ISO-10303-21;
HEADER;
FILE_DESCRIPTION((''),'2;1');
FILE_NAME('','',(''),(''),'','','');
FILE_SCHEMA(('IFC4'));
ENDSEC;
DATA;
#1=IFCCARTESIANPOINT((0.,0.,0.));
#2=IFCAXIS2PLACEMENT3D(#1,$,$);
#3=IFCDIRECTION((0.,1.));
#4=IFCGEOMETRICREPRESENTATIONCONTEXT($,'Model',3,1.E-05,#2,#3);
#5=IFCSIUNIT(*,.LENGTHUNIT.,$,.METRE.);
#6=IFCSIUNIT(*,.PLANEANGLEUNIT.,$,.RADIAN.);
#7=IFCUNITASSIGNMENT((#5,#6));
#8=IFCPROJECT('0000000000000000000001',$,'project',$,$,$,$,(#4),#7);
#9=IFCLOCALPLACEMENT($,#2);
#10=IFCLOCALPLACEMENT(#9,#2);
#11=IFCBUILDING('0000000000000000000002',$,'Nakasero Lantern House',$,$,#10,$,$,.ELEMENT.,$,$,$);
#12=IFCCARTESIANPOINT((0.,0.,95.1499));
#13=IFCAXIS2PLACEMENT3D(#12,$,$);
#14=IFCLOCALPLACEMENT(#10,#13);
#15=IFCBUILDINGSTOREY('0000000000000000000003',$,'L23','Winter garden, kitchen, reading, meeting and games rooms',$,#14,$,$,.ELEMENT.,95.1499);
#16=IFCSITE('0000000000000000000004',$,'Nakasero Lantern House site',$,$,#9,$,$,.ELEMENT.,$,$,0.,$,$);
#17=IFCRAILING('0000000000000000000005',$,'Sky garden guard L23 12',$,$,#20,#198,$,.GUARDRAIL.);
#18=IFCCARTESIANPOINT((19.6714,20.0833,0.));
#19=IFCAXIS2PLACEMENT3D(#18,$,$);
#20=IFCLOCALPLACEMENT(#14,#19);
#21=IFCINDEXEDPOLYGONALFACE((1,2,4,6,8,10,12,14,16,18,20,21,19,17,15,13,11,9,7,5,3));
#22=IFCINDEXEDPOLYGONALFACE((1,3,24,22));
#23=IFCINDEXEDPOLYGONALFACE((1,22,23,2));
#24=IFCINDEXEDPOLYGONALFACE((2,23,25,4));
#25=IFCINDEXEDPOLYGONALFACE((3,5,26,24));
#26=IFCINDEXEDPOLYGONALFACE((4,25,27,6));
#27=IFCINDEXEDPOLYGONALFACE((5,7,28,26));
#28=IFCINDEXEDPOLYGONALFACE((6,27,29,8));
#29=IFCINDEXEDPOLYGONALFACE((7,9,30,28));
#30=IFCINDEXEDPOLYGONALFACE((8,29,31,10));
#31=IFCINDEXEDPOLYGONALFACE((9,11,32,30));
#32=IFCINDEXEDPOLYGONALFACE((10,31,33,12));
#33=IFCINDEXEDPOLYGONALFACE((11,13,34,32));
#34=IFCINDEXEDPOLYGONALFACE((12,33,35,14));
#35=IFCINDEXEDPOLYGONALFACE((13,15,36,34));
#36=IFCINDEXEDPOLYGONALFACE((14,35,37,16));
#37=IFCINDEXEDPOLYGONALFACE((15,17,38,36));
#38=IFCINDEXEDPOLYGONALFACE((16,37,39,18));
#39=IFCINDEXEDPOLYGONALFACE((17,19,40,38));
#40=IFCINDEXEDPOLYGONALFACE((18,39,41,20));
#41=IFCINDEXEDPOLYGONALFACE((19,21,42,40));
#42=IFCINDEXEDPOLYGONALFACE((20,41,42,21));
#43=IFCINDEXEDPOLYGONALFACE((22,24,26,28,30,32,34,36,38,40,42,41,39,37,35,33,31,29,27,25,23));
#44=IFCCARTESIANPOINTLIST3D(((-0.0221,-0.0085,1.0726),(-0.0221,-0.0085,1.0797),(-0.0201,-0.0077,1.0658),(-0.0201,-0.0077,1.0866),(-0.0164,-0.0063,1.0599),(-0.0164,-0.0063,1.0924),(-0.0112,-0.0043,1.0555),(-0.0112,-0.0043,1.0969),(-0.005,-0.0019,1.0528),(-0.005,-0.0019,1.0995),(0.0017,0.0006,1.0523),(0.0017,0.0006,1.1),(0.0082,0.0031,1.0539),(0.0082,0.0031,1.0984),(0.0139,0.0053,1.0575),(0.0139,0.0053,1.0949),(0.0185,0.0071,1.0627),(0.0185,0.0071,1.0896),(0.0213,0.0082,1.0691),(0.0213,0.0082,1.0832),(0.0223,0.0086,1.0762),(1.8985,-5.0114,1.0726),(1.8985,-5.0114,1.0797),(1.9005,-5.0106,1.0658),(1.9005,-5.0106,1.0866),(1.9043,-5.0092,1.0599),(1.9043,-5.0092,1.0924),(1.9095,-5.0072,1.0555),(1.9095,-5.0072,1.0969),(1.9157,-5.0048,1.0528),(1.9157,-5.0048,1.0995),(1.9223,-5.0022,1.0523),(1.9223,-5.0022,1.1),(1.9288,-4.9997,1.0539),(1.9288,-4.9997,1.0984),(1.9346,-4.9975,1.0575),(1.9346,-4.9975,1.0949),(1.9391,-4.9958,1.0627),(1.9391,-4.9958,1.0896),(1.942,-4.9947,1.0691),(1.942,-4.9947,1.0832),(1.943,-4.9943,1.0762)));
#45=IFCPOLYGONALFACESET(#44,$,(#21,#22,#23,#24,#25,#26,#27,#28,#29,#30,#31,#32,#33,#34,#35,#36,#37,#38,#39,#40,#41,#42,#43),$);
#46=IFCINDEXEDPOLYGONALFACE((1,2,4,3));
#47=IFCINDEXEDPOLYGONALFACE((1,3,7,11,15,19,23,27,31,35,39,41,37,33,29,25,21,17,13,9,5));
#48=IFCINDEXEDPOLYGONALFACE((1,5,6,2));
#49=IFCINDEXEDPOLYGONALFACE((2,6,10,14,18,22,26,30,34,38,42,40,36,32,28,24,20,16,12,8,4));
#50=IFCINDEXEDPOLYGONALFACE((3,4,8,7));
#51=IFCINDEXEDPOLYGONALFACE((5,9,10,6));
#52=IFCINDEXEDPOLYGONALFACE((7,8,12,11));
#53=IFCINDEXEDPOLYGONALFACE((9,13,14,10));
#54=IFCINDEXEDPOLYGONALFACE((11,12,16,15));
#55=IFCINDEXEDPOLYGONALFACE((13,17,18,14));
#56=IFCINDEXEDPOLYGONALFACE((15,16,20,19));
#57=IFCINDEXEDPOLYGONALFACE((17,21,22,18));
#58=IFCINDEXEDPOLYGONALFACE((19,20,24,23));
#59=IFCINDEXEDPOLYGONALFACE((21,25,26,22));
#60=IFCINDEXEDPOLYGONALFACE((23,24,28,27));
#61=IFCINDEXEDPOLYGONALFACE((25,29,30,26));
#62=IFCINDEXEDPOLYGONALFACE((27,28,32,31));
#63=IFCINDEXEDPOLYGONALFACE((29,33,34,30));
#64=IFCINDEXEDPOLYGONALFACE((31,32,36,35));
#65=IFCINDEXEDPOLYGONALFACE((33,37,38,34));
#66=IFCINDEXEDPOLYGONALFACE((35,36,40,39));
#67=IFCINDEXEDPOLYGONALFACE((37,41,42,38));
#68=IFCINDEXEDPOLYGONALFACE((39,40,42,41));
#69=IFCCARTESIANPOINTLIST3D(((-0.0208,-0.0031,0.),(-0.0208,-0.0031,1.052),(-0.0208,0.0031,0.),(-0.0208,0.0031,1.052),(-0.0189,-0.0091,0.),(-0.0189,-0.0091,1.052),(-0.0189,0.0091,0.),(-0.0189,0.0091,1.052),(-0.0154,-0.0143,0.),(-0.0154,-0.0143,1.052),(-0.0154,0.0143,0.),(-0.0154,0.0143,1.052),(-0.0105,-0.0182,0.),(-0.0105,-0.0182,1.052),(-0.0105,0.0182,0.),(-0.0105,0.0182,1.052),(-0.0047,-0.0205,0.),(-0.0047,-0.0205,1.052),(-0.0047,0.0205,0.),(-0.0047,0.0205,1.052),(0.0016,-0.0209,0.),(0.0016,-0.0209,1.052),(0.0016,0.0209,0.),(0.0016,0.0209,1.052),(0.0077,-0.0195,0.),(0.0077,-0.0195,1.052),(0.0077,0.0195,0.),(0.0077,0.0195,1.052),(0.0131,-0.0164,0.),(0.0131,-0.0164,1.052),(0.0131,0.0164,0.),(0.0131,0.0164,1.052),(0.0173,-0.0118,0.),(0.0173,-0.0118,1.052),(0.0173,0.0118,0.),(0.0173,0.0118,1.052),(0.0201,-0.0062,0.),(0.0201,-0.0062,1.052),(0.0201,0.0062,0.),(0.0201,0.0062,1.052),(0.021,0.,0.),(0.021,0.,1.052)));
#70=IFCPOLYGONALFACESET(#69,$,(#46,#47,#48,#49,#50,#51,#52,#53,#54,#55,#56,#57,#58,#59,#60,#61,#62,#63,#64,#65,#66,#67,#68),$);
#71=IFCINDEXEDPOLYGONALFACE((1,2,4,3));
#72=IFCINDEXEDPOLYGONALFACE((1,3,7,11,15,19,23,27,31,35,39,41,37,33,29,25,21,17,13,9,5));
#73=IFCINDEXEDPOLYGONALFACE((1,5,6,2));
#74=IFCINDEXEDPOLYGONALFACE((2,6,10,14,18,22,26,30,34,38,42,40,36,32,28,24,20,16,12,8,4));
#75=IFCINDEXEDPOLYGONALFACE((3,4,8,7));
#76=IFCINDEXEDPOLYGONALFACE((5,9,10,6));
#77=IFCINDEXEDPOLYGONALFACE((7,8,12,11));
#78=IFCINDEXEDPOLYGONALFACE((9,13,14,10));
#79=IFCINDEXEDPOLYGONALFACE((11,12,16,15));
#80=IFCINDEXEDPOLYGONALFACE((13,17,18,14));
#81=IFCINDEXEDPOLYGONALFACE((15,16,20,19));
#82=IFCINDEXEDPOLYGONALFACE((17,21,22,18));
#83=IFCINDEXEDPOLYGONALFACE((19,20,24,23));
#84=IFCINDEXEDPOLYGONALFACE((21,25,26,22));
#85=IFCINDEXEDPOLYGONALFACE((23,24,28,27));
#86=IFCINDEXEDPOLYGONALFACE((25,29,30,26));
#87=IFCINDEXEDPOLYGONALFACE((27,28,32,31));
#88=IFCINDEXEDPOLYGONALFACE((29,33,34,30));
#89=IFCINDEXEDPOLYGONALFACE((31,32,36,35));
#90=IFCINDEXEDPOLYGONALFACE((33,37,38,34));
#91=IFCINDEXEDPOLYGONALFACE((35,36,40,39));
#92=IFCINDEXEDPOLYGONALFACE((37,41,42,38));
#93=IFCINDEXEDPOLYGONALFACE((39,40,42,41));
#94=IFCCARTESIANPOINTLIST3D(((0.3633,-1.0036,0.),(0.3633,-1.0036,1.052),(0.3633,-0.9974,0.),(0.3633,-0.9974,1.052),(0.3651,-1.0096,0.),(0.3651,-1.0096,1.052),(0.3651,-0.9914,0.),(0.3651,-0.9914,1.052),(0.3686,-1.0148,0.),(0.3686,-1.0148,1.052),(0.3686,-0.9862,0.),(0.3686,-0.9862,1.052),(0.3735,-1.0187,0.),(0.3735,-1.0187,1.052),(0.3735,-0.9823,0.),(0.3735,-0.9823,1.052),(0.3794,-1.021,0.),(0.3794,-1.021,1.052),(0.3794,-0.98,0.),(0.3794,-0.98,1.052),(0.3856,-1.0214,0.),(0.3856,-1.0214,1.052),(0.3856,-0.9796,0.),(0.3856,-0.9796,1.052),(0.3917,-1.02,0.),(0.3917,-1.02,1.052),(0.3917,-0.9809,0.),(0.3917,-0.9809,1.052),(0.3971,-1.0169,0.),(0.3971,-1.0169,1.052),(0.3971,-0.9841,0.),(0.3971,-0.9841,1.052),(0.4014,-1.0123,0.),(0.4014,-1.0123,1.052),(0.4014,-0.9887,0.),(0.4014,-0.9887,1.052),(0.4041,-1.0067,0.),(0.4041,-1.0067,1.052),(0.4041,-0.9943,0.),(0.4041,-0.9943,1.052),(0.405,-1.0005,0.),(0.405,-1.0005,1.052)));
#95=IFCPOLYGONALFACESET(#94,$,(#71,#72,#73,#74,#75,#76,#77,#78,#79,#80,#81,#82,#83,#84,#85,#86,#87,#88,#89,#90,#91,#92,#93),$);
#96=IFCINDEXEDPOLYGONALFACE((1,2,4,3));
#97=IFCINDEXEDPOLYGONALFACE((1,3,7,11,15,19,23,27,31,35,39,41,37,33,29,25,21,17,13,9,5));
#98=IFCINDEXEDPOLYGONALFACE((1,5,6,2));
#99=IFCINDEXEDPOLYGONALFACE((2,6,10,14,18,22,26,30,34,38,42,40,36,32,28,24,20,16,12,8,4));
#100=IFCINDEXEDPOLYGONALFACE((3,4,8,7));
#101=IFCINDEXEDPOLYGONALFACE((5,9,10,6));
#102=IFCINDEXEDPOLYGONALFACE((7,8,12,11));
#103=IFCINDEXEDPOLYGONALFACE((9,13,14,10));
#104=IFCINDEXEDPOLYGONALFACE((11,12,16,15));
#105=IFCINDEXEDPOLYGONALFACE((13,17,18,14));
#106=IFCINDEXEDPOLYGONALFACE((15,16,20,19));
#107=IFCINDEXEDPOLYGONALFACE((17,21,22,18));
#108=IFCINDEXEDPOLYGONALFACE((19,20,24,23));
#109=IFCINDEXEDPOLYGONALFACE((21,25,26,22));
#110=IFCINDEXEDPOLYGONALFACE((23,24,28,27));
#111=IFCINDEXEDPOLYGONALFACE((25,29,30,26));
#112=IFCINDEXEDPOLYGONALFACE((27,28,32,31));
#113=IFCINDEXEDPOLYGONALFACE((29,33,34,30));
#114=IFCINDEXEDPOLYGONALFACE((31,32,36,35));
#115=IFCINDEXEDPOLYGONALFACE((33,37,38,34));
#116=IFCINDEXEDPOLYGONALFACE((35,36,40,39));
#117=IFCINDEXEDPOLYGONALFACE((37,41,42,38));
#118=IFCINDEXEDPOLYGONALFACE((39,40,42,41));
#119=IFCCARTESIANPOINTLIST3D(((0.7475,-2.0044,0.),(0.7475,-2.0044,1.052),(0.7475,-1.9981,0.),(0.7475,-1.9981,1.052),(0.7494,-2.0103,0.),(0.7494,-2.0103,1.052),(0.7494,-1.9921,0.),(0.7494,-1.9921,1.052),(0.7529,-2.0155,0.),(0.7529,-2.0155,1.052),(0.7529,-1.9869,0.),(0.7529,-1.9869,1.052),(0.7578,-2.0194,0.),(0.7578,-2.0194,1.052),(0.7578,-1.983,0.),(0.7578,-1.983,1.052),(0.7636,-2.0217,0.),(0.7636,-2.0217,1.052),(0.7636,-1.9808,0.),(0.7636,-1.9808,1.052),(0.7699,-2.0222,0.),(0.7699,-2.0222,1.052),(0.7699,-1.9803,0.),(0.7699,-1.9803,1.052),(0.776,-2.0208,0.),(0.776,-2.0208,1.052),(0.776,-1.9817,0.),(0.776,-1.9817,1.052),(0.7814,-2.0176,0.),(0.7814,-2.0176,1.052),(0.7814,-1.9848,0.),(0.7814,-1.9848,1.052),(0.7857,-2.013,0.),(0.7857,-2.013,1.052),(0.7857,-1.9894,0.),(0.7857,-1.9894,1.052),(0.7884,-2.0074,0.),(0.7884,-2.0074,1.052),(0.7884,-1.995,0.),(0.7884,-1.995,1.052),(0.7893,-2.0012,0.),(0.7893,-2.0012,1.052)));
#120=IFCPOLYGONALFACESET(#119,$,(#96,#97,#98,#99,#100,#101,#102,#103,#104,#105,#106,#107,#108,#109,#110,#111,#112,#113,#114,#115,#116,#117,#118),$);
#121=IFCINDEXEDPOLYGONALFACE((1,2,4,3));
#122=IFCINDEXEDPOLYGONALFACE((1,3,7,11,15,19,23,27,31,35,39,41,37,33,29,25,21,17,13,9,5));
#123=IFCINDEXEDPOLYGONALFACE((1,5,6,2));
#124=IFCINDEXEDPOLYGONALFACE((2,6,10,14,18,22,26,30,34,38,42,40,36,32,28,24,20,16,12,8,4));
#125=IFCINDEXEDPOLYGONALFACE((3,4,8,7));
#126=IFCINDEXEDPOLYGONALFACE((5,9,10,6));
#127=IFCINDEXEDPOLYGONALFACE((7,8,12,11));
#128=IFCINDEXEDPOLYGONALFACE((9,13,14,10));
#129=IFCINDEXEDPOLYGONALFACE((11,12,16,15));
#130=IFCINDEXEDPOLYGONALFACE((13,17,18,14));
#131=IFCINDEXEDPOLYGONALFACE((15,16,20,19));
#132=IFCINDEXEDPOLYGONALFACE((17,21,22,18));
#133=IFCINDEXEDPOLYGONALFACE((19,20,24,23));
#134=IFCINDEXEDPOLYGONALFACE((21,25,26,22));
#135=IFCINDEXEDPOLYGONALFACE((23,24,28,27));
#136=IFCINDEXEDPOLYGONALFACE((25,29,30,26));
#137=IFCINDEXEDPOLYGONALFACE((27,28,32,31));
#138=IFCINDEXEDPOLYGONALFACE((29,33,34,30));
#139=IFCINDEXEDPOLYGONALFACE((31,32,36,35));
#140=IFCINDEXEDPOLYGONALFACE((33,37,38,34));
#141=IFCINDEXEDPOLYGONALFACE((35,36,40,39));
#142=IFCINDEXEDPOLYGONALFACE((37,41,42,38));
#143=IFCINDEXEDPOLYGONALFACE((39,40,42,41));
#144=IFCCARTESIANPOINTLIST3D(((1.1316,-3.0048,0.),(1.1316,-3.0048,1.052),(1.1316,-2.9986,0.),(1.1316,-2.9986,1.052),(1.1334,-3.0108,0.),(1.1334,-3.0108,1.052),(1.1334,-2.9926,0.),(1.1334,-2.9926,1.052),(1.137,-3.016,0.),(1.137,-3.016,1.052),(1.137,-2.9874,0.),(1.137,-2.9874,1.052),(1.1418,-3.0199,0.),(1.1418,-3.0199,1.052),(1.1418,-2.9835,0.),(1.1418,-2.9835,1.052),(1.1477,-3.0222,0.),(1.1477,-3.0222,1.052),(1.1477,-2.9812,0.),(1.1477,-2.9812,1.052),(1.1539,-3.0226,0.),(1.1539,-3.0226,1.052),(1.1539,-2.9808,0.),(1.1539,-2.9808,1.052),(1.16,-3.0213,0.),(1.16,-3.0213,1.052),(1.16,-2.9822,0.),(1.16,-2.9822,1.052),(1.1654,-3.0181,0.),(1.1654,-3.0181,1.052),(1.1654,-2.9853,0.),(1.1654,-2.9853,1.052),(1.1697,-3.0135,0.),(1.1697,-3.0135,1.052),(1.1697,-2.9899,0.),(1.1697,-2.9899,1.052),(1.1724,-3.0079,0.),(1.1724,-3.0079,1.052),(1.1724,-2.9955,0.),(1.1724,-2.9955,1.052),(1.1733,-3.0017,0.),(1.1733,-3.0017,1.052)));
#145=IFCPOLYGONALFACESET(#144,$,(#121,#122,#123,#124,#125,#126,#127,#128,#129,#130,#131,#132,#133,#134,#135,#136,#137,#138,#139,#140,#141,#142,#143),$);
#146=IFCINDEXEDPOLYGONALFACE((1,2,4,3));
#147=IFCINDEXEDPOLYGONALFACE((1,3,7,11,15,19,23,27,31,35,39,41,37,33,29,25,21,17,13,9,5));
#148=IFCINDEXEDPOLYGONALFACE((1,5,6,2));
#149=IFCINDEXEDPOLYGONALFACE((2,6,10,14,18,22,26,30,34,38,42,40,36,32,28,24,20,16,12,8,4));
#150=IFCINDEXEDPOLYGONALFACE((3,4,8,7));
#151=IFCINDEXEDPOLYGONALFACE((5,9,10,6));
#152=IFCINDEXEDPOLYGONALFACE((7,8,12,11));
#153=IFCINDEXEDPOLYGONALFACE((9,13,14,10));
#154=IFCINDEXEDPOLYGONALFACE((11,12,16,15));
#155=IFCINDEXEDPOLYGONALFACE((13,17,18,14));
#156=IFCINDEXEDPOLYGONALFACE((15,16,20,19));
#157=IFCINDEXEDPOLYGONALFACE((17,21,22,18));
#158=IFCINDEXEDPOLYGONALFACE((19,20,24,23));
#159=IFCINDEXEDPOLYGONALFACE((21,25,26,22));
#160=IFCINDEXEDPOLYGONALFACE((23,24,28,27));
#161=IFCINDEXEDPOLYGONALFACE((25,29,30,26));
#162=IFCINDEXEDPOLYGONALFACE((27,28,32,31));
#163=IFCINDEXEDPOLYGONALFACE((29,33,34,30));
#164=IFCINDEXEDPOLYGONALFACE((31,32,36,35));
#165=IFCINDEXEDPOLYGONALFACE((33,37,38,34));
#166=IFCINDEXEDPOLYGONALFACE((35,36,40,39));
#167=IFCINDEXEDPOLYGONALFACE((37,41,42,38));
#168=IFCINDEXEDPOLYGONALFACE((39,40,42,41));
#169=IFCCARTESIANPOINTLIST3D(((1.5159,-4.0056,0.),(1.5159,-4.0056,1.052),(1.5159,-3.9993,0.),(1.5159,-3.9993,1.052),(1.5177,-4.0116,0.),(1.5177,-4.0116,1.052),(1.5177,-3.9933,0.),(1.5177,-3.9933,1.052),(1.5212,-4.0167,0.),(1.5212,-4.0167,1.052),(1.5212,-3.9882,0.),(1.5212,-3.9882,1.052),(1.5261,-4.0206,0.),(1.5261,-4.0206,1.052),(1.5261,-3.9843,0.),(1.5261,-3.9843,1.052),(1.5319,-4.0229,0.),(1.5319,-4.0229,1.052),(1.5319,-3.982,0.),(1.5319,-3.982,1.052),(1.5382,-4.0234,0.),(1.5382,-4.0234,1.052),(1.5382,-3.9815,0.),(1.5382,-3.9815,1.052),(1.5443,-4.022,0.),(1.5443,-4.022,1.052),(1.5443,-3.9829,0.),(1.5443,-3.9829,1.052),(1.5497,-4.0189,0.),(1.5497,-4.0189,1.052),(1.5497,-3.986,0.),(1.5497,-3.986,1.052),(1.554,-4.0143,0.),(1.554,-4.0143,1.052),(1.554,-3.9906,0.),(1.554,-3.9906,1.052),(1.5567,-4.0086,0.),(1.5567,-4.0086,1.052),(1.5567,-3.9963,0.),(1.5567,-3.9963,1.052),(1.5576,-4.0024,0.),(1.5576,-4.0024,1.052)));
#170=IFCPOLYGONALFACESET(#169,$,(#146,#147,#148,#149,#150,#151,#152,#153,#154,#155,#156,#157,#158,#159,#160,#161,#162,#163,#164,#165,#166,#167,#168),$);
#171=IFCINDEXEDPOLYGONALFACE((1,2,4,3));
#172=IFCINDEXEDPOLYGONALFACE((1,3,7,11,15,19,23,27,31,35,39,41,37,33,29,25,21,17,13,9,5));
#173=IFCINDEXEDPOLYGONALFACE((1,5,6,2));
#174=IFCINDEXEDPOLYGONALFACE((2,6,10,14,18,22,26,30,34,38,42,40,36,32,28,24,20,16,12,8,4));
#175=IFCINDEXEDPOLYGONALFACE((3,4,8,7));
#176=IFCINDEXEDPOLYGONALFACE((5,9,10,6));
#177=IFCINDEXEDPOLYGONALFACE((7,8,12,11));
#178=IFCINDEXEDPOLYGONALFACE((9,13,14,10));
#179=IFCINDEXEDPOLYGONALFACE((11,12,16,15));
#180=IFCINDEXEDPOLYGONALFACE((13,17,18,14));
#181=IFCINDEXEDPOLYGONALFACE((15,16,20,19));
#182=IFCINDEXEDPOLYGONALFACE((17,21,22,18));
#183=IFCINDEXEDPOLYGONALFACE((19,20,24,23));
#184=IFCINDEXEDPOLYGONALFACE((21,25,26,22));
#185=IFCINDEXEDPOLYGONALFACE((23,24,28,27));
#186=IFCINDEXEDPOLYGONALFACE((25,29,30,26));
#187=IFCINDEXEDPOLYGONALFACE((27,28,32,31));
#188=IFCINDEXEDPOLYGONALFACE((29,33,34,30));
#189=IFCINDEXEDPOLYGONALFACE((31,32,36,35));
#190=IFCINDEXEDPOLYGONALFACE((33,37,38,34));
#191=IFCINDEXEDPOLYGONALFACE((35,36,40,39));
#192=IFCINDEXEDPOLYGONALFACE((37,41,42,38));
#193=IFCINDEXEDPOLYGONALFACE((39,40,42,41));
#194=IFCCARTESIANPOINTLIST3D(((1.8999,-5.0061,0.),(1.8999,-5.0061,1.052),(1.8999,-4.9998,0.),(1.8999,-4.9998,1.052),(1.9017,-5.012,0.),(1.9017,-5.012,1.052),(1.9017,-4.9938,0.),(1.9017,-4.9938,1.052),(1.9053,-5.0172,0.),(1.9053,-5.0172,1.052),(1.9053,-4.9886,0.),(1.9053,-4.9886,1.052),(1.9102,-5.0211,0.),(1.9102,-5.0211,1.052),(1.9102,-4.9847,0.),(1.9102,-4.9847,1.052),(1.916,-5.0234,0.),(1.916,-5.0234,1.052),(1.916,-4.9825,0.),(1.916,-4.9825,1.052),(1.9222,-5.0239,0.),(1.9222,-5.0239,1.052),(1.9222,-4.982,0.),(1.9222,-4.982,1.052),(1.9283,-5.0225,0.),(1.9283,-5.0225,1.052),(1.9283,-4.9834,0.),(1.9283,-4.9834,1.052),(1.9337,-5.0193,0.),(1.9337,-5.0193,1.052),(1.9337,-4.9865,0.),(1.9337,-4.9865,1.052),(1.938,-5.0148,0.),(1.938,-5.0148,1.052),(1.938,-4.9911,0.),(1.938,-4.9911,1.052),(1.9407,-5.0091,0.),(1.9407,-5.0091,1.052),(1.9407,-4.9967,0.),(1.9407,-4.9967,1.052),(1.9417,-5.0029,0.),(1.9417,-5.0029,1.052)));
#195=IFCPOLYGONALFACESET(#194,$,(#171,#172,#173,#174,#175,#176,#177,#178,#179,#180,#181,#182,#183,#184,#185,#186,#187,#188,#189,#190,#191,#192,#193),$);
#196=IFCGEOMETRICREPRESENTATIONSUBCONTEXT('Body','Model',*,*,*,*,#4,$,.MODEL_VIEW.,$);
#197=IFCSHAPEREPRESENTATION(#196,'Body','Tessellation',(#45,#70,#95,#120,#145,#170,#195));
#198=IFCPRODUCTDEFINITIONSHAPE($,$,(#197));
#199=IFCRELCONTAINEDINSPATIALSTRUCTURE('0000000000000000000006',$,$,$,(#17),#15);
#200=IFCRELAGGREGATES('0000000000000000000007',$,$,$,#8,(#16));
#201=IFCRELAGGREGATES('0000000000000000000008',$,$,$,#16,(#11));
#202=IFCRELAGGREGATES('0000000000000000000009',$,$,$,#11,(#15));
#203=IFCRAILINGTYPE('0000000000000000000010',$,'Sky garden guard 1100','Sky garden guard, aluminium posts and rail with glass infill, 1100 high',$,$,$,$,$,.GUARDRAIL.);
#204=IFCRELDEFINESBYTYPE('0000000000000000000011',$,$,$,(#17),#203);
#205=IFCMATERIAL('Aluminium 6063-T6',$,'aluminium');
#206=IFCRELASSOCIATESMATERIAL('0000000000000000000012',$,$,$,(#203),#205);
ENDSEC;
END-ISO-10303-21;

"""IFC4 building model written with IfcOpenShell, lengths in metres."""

from ifc_helpers import new_model, si_unit, direction, frame, origin, origin_2d, place, context, subcontext, project, spatial, circle, extrude, material, type_object, element, save


model = new_model("IFC4")

# Units and contexts
model_context = context("Model", 3, precision=1e-05, world=origin(), true_north=direction((0.0, 1.0)))
body_context = subcontext(model_context, "Body", "Model", "MODEL_VIEW")
ifc_project = project(units=[si_unit("LENGTHUNIT", "METRE"), si_unit("PLANEANGLEUNIT", "RADIAN")], contexts=[model_context])

# Site, building, storey
site_placement = place(None, origin())
site = spatial("IfcSite", under=ifc_project, at=site_placement, Name="Nakasero Lantern House site", CompositionType="ELEMENT", RefElevation=0.0)
building_placement = place(site_placement, origin())
building = spatial("IfcBuilding", under=site, at=building_placement, Name="Nakasero Lantern House", CompositionType="ELEMENT")
storey_placement = place(building_placement, frame((0.0, 0.0, 95.1499)))
storey = spatial("IfcBuildingStorey", under=building, at=storey_placement, Name="L23", Description="Winter garden, kitchen, reading, meeting and games rooms", CompositionType="ELEMENT", Elevation=95.1499)

# Railing
ifc_material_1 = material(Name="Aluminium 6063-T6", Category="aluminium")
railing_type = type_object("IfcRailingType", Name="Sky garden guard 1100", Description="Sky garden guard, aluminium posts and rail with glass infill, 1100 high", PredefinedType="GUARDRAIL", material=ifc_material_1)
railing_1_placement = place(storey_placement, frame((19.6714, 20.0833, 0.0)))
element("IfcRailing", 1, at=railing_1_placement, inside=storey, type_object=railing_type, Name="Sky garden guard L23 12", PredefinedType="GUARDRAIL", context=body_context, shape_type="SweptSolid", body=[
    extrude(circle(Radius=0.0239, at=origin_2d()), frame((0.0, 0.0, 1.0762), z_axis=(0.358402, -0.933567, 0.0), x_axis=(0.933567, 0.358402, 0.0)), (0.0, 0.0, 1.0), 5.3589),
    extrude(circle(Radius=0.021, at=origin_2d()), origin(), (0.0, 0.0, 1.0), 1.052),
    extrude(circle(Radius=0.021, at=origin_2d()), frame((0.384, -1.0005, 0.0)), (0.0, 0.0, 1.0), 1.052),
    extrude(circle(Radius=0.021, at=origin_2d()), frame((0.7683, -2.0012, 0.0)), (0.0, 0.0, 1.0), 1.052),
    extrude(circle(Radius=0.021, at=origin_2d()), frame((1.1523, -3.0017, 0.0)), (0.0, 0.0, 1.0), 1.052),
    extrude(circle(Radius=0.021, at=origin_2d()), frame((1.5366, -4.0024, 0.0)), (0.0, 0.0, 1.0), 1.052),
    extrude(circle(Radius=0.021, at=origin_2d()), frame((1.9207, -5.0029, 0.0)), (0.0, 0.0, 1.0), 1.052),
])

save(model, "model.ifc")
